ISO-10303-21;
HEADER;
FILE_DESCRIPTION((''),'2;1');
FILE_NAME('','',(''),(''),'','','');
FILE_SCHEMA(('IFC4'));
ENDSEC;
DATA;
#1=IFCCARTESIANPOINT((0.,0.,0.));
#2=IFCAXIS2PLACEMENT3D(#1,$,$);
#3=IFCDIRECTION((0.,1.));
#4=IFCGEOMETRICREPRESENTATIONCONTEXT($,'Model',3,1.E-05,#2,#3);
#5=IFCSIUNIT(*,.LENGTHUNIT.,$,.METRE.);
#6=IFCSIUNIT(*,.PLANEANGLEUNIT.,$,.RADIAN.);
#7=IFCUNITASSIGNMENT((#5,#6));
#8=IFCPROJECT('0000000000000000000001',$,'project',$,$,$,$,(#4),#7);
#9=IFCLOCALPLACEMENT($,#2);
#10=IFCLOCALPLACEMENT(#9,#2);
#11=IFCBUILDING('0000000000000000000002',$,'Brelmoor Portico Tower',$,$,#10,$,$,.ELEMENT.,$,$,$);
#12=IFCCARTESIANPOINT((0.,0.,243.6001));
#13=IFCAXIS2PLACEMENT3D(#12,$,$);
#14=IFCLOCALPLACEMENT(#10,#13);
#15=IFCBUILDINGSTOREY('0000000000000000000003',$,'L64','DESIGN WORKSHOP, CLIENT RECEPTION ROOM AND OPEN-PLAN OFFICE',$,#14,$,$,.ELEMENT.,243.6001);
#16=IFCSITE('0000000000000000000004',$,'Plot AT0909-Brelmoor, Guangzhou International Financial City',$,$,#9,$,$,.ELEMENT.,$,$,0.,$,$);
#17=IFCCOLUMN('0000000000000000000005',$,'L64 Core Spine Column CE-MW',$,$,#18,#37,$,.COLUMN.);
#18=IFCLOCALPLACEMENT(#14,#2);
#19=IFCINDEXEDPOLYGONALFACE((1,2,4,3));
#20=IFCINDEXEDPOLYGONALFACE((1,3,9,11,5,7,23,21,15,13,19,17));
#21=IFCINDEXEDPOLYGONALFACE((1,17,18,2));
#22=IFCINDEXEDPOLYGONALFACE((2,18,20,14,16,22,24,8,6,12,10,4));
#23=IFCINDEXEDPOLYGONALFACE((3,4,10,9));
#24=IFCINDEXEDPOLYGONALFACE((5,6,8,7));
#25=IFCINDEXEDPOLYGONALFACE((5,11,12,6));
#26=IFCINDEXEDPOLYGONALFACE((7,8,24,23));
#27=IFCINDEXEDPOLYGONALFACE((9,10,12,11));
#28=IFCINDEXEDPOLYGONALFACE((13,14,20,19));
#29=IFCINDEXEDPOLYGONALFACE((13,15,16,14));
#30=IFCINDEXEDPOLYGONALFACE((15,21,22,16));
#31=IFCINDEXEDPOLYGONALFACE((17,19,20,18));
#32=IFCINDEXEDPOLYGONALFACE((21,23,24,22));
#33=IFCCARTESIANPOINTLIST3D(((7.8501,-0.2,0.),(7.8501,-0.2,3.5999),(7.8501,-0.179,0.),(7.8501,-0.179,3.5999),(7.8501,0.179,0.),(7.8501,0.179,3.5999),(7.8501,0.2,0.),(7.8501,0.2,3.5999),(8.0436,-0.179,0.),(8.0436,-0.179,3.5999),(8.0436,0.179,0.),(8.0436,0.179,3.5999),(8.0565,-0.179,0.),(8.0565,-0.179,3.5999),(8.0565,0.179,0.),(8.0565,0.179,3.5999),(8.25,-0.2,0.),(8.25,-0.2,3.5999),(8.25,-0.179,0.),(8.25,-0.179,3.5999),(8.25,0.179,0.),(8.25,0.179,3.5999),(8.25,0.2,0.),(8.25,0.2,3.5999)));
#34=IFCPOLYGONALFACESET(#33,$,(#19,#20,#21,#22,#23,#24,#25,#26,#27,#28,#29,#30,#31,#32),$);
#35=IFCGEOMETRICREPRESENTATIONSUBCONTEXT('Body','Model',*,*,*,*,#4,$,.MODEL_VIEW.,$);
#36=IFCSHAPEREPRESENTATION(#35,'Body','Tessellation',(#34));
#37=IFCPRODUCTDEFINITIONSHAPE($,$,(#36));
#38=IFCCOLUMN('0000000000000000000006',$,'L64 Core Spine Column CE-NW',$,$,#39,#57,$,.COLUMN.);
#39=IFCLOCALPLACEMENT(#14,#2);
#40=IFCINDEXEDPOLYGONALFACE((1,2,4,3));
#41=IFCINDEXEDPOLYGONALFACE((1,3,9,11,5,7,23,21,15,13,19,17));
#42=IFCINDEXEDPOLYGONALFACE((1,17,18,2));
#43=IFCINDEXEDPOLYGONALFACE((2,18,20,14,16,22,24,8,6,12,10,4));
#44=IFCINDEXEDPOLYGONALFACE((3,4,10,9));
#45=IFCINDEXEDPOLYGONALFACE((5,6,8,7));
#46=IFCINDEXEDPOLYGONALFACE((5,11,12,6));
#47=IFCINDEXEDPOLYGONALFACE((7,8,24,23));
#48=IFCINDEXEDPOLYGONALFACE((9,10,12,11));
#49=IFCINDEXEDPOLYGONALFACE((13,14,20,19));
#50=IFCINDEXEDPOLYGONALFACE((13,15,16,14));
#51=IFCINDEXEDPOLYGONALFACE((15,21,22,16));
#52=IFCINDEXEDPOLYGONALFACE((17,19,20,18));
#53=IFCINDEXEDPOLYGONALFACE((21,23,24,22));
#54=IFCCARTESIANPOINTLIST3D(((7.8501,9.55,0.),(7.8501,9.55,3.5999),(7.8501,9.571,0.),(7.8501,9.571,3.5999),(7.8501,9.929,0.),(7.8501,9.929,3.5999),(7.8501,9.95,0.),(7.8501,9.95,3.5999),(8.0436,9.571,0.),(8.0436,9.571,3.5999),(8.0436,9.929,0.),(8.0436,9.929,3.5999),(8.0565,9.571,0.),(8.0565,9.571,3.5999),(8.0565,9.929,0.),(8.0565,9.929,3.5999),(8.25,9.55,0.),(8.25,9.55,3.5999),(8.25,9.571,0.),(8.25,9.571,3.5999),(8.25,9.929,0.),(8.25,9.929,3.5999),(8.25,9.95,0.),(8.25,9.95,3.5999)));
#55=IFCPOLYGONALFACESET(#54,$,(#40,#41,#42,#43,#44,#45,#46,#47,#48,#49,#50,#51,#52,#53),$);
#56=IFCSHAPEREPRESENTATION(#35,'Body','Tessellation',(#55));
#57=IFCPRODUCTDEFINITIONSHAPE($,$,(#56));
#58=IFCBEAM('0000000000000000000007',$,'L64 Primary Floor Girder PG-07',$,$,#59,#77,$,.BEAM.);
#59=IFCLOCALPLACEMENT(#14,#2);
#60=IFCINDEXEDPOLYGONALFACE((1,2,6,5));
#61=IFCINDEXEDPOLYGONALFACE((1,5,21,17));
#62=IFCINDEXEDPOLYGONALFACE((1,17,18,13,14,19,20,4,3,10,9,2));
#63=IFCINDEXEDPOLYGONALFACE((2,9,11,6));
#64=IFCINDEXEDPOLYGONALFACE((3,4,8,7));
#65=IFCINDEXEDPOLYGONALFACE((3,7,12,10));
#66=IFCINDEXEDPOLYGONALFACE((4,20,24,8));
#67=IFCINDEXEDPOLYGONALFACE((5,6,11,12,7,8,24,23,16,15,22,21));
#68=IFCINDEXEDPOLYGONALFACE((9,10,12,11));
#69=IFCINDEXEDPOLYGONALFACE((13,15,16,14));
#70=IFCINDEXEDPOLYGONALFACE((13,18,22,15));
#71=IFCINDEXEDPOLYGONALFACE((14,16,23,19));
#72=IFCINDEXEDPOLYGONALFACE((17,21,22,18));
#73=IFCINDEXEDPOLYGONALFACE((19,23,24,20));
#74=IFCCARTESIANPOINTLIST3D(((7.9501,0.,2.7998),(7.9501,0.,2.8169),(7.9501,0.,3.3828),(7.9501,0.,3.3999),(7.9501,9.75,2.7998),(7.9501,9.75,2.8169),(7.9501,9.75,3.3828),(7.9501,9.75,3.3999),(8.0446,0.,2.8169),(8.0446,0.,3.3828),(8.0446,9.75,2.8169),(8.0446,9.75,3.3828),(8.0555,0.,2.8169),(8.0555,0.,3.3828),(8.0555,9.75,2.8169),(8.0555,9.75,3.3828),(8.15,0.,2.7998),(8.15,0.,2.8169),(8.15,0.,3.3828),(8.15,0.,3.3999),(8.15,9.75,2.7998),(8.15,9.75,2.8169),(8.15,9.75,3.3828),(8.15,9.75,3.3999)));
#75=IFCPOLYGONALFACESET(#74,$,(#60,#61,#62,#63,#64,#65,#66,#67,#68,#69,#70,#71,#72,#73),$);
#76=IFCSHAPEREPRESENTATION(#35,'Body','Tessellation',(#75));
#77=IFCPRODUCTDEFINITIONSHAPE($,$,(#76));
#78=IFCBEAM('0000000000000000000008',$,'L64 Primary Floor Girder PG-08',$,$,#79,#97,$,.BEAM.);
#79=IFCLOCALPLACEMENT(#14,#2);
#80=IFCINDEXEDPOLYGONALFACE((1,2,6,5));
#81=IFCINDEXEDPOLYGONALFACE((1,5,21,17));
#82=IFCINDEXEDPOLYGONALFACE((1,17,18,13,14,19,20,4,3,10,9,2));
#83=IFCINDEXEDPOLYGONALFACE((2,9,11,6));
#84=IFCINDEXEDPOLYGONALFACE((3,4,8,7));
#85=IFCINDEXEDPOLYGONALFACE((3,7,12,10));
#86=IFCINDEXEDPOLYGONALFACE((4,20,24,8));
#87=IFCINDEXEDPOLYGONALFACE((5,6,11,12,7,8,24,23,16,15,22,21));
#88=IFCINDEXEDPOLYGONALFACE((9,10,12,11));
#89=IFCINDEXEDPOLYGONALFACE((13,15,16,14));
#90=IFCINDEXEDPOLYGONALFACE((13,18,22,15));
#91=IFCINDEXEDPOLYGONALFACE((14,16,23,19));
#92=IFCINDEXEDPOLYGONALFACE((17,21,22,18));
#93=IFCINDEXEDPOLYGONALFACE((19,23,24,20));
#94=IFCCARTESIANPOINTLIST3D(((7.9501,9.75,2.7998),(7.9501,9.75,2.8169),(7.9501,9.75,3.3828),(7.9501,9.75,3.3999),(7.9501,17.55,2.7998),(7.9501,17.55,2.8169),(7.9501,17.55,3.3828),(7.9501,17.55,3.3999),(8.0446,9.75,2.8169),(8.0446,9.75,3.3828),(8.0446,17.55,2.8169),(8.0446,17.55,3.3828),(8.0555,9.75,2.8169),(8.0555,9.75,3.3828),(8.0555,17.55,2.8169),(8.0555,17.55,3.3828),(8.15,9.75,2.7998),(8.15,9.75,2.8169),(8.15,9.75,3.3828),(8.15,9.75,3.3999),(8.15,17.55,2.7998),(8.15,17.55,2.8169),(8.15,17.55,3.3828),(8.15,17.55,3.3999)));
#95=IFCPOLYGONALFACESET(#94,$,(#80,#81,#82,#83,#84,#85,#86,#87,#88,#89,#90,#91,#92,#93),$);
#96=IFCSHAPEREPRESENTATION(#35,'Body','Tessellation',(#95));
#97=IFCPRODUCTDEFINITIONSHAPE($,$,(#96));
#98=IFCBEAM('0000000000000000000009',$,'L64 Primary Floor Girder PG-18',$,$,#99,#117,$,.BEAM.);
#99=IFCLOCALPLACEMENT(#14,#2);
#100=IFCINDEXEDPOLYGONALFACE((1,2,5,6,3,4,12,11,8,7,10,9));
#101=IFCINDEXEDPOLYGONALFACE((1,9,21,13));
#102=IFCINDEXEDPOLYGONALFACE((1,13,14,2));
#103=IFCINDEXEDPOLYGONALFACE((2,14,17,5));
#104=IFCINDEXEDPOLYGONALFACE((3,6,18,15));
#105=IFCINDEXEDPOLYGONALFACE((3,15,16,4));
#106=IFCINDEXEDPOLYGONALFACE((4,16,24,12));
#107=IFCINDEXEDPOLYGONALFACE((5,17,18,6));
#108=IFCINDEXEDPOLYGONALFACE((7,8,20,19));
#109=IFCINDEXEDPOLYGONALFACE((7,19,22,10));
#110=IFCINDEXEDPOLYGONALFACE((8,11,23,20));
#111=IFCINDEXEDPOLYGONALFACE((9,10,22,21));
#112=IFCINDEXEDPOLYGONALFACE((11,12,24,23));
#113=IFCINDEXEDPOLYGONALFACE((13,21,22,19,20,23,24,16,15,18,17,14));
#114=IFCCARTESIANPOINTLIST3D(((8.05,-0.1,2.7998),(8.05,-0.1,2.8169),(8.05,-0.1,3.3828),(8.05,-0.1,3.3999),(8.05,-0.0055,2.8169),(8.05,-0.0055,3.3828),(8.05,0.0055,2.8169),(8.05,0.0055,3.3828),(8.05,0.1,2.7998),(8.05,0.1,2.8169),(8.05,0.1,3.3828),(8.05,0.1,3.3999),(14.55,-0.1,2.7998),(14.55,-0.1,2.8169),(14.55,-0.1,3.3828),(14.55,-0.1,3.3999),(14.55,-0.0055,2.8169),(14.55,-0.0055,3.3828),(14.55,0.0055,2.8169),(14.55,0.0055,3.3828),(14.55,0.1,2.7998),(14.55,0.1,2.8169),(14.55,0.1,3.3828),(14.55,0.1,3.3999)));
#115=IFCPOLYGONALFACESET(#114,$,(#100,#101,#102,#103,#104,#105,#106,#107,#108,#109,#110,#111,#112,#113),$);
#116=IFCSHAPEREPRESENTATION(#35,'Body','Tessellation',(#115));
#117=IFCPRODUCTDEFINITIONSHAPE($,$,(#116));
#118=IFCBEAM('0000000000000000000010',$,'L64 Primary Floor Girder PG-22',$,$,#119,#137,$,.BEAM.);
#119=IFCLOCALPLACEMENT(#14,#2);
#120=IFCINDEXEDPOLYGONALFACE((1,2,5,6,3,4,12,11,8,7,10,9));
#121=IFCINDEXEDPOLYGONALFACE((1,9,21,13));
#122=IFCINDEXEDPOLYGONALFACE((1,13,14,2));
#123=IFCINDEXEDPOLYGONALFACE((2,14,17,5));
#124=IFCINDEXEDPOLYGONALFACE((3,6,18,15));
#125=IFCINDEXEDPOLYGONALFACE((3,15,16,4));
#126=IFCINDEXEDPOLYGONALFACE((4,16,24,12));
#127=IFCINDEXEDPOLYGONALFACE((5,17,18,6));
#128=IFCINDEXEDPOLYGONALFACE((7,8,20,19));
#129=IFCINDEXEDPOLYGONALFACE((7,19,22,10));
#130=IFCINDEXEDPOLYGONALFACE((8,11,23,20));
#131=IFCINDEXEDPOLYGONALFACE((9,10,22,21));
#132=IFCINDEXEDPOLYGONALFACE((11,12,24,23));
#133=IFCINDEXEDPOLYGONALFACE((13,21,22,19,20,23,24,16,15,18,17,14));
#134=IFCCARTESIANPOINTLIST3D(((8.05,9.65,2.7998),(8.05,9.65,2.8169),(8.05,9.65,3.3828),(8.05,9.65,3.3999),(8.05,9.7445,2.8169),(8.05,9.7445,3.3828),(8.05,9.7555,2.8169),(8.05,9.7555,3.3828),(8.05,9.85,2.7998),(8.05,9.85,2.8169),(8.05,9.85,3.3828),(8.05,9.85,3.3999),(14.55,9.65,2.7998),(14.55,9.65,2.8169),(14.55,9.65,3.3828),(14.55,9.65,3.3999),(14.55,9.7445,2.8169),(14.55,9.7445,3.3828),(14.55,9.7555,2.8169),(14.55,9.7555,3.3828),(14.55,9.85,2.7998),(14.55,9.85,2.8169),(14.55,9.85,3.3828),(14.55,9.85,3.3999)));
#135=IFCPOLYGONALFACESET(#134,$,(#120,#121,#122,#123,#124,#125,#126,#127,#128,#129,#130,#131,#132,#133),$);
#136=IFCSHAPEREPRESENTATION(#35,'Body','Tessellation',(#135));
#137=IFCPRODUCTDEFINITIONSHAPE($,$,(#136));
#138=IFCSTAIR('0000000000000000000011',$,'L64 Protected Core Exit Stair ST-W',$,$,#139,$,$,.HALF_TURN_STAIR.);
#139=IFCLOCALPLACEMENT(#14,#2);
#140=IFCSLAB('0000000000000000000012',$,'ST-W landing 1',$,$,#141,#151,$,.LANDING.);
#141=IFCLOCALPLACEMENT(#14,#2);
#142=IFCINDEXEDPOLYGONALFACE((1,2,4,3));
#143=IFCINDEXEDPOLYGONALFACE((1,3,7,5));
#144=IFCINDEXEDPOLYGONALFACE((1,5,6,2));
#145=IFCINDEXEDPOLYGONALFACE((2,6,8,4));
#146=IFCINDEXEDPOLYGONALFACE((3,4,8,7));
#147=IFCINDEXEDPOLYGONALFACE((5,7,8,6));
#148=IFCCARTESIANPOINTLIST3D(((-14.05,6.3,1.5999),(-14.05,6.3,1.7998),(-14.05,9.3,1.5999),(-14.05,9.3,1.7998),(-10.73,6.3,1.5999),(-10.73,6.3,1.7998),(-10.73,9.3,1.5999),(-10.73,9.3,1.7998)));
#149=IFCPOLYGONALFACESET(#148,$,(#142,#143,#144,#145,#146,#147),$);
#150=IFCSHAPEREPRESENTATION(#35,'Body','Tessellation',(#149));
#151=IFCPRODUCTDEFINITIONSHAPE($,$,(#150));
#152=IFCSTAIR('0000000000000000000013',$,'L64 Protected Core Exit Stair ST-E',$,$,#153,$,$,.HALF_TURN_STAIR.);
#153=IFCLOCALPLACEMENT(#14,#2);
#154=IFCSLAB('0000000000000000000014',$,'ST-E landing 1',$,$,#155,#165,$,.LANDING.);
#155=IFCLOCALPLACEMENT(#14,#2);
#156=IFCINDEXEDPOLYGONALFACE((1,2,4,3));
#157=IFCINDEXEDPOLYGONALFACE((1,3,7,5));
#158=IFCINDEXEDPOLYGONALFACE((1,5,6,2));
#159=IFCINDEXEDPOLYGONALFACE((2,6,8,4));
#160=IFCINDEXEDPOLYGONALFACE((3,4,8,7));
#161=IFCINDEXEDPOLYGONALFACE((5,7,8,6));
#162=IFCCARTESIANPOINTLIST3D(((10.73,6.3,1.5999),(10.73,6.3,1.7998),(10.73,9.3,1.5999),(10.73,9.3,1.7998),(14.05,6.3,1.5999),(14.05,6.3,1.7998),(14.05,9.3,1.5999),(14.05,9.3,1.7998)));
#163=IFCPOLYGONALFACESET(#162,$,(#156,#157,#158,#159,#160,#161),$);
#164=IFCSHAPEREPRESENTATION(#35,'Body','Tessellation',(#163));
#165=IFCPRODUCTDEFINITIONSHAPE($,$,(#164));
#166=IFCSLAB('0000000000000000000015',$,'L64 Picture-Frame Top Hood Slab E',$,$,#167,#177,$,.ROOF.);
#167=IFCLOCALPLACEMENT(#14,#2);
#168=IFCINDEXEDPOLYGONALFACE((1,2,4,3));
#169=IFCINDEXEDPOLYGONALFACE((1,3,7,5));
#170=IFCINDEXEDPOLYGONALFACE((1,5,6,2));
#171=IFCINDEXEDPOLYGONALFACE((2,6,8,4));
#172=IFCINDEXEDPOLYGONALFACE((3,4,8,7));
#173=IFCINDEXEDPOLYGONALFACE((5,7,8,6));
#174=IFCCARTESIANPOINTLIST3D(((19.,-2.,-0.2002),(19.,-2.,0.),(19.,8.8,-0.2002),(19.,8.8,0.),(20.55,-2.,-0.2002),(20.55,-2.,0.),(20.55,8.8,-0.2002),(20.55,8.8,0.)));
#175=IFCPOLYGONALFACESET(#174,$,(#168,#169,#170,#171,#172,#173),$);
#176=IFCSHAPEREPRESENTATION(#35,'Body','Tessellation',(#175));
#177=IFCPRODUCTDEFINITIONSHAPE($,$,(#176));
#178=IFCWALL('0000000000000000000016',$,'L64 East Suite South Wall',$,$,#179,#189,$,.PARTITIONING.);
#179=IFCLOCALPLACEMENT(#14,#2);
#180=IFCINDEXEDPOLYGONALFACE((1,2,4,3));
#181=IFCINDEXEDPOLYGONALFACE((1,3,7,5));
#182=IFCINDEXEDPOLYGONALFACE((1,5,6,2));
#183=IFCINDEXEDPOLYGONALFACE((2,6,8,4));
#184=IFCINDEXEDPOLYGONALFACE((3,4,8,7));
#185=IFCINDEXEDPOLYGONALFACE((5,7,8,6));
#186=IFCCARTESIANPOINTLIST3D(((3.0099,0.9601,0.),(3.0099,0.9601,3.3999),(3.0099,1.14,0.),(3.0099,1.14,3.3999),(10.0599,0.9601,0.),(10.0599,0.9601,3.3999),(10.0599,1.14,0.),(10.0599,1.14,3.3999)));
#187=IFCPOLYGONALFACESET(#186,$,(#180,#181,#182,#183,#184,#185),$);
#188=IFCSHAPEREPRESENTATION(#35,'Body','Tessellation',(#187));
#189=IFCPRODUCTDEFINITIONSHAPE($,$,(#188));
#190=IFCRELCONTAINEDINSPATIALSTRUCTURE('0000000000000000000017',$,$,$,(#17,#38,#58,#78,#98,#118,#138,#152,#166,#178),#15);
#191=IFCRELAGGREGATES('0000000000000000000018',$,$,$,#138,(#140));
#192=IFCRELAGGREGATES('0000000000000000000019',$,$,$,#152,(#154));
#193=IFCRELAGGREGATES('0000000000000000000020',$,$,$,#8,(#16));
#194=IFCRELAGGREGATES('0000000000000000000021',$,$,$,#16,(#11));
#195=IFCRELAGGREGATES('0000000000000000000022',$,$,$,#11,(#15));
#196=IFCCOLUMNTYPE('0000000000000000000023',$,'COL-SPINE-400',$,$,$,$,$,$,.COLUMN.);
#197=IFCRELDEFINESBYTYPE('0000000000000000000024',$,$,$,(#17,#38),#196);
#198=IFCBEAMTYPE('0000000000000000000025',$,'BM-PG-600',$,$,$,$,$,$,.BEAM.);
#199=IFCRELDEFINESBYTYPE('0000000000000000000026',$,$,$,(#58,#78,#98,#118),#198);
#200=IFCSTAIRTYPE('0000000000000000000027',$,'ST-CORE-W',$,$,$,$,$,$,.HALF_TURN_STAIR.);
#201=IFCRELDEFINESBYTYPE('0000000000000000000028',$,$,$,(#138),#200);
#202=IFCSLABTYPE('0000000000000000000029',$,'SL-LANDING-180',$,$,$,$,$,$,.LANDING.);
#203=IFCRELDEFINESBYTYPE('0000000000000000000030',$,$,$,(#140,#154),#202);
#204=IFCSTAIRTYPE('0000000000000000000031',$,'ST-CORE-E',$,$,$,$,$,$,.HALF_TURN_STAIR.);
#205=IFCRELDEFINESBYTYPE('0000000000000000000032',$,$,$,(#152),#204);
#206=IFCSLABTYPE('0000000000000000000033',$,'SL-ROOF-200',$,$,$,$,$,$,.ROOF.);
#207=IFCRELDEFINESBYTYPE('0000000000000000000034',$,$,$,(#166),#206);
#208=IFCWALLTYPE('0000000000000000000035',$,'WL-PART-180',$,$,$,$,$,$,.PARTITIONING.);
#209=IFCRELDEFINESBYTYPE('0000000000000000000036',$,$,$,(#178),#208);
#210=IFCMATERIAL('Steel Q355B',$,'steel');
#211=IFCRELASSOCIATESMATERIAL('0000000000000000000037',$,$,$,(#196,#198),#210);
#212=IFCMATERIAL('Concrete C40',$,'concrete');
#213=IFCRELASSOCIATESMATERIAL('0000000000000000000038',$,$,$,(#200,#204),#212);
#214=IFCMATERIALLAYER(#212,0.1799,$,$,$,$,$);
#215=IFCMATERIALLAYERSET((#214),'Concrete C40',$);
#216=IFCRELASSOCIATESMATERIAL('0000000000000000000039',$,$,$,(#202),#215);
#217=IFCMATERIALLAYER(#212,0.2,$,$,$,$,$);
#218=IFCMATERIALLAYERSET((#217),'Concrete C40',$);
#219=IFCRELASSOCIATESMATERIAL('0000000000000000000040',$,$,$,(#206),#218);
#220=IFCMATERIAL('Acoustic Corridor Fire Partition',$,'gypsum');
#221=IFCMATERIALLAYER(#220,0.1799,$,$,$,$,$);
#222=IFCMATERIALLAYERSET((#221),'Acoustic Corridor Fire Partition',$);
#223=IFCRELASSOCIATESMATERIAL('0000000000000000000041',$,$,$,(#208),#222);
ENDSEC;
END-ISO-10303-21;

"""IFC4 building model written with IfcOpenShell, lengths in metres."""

from ifc_helpers import new_model, si_unit, direction, frame, frame_2d, origin, origin_2d, place, context, subcontext, project, spatial, polyline, rectangle, i_section, outline, extrude, material, layer, layer_set, material_profile, profile_set, type_object, element, aggregate, save


model = new_model("IFC4")

# Units and contexts
model_context = context("Model", 3, precision=1e-05, world=origin(), true_north=direction((0.0, 1.0)))
body_context = subcontext(model_context, "Body", "Model", "MODEL_VIEW")
ifc_project = project(units=[si_unit("LENGTHUNIT", "METRE"), si_unit("PLANEANGLEUNIT", "RADIAN")], contexts=[model_context])

# Site, building, storey
site_placement = place(None, origin())
site = spatial("IfcSite", under=ifc_project, at=site_placement, Name="Plot AT0909-Brelmoor, Guangzhou International Financial City", CompositionType="ELEMENT", RefElevation=0.0)
building_placement = place(site_placement, origin())
building = spatial("IfcBuilding", under=site, at=building_placement, Name="Brelmoor Portico Tower", CompositionType="ELEMENT")
storey_placement = place(building_placement, frame((0.0, 0.0, 243.6001)))
storey = spatial("IfcBuildingStorey", under=building, at=storey_placement, Name="L64", Description="DESIGN WORKSHOP, CLIENT RECEPTION ROOM AND OPEN-PLAN OFFICE", CompositionType="ELEMENT", Elevation=243.6001)

# Columns
ifc_material_1 = material(Name="Steel Q355B", Category="steel")
ifc_material_profile_1 = material_profile(ifc_material_1, i_section(OverallWidth=0.3999, OverallDepth=0.3999, WebThickness=0.0129, FlangeThickness=0.021, at=origin_2d()), Name="HW 400x400x13x21")
ifc_profile_set_1 = profile_set([ifc_material_profile_1], Name="Steel Q355B")
column_type = type_object("IfcColumnType", Name="COL-SPINE-400", PredefinedType="COLUMN", material=ifc_profile_set_1)
for number, where, z_axis, x_axis, name in (
    (1, (8.05, 0.0, 0.0), (0.0, 0.0, 1.0), (1.0, 0.0, 0.0), "L64 Core Spine Column CE-MW"),
    (2, (8.05, 9.75, 0.0), (0.0, 0.0, 1.0), (1.0, 0.0, 0.0), "L64 Core Spine Column CE-NW"),
):
    element("IfcColumn", number, at=place(storey_placement, frame(where, z_axis=z_axis, x_axis=x_axis)), inside=storey, type_object=column_type, Name=name, PredefinedType="COLUMN", context=body_context, shape_type="SweptSolid", body=[
        extrude(i_section(OverallWidth=0.3999, OverallDepth=0.3999, WebThickness=0.0129, FlangeThickness=0.021, at=origin_2d()), origin(), (0.0, 0.0, 1.0), 3.5999),
    ])

# Beams
ifc_material_profile_2 = material_profile(ifc_material_1, i_section(OverallWidth=0.2, OverallDepth=0.6001, WebThickness=0.011, FlangeThickness=0.0171, at=origin_2d()), Name="HN 600x200x11x17")
ifc_profile_set_2 = profile_set([ifc_material_profile_2], Name="Steel Q355B")
beam_type = type_object("IfcBeamType", Name="BM-PG-600", PredefinedType="BEAM", material=ifc_profile_set_2)
beam_1_placement = place(storey_placement, frame((8.05, 0.0, 3.0999), z_axis=(0.0, 1.0, 0.0), x_axis=(-1.0, 0.0, 0.0)))
element("IfcBeam", 3, at=beam_1_placement, inside=storey, type_object=beam_type, Name="L64 Primary Floor Girder PG-07", PredefinedType="BEAM", context=body_context, shape_type="SweptSolid", body=[
    extrude(i_section(OverallWidth=0.2, OverallDepth=0.6001, WebThickness=0.011, FlangeThickness=0.0171, at=origin_2d()), origin(), (0.0, 0.0, 1.0), 9.75),
])
beam_2_placement = place(storey_placement, frame((8.05, 9.75, 3.0999), z_axis=(0.0, 1.0, 0.0), x_axis=(-1.0, 0.0, 0.0)))
element("IfcBeam", 4, at=beam_2_placement, inside=storey, type_object=beam_type, Name="L64 Primary Floor Girder PG-08", PredefinedType="BEAM", context=body_context, shape_type="SweptSolid", body=[
    extrude(i_section(OverallWidth=0.2, OverallDepth=0.6001, WebThickness=0.011, FlangeThickness=0.0171, at=origin_2d()), origin(), (0.0, 0.0, 1.0), 7.8),
])
for number, where, z_axis, x_axis, name in (
    (5, (8.05, 0.0, 3.0999), (1.0, 0.0, 0.0), (0.0, 1.0, 0.0), "L64 Primary Floor Girder PG-18"),
    (6, (8.05, 9.75, 3.0999), (1.0, 0.0, 0.0), (0.0, 1.0, 0.0), "L64 Primary Floor Girder PG-22"),
):
    element("IfcBeam", number, at=place(storey_placement, frame(where, z_axis=z_axis, x_axis=x_axis)), inside=storey, type_object=beam_type, Name=name, PredefinedType="BEAM", context=body_context, shape_type="SweptSolid", body=[
        extrude(i_section(OverallWidth=0.2, OverallDepth=0.6001, WebThickness=0.011, FlangeThickness=0.0171, at=origin_2d()), origin(), (0.0, 0.0, 1.0), 6.5),
    ])

# Stairs, slabs
ifc_material_2 = material(Name="Concrete C40", Category="concrete")
stair_type_1 = type_object("IfcStairType", Name="ST-CORE-W", PredefinedType="HALF_TURN_STAIR", material=ifc_material_2)
stair_1_placement = place(storey_placement, origin())
stair_1 = element("IfcStair", 7, at=stair_1_placement, inside=storey, type_object=stair_type_1, Name="L64 Protected Core Exit Stair ST-W", PredefinedType="HALF_TURN_STAIR")
ifc_layer_1 = layer(ifc_material_2, 0.1799)
ifc_layer_set_1 = layer_set([ifc_layer_1], Name="Concrete C40")
slab_type_1 = type_object("IfcSlabType", Name="SL-LANDING-180", PredefinedType="LANDING", material=ifc_layer_set_1)
slab_1_placement = place(storey_placement, frame((0.0, 0.0, 1.5999)))
slab_1 = element("IfcSlab", 8, at=slab_1_placement, type_object=slab_type_1, Name="ST-W landing 1", PredefinedType="LANDING", context=body_context, shape_type="SweptSolid", body=[
    extrude(outline(polyline([(-10.73, 6.3), (-10.73, 9.3), (-14.05, 9.3), (-14.05, 6.3), (-10.73, 6.3)])), origin(), (0.0, 0.0, 1.0), 0.2),
])
aggregate(stair_1, [slab_1])
stair_type_2 = type_object("IfcStairType", Name="ST-CORE-E", PredefinedType="HALF_TURN_STAIR", material=ifc_material_2)
stair_2_placement = place(storey_placement, origin())
stair_2 = element("IfcStair", 9, at=stair_2_placement, inside=storey, type_object=stair_type_2, Name="L64 Protected Core Exit Stair ST-E", PredefinedType="HALF_TURN_STAIR")
slab_2_placement = place(storey_placement, frame((0.0, 0.0, 1.5999)))
slab_2 = element("IfcSlab", 10, at=slab_2_placement, type_object=slab_type_1, Name="ST-E landing 1", PredefinedType="LANDING", context=body_context, shape_type="SweptSolid", body=[
    extrude(outline(polyline([(14.05, 6.3), (14.05, 9.3), (10.73, 9.3), (10.73, 6.3), (14.05, 6.3)])), origin(), (0.0, 0.0, 1.0), 0.2),
])

# Slab
ifc_layer_2 = layer(ifc_material_2, 0.2)
ifc_layer_set_2 = layer_set([ifc_layer_2], Name="Concrete C40")
slab_type_2 = type_object("IfcSlabType", Name="SL-ROOF-200", PredefinedType="ROOF", material=ifc_layer_set_2)
slab_3_placement = place(storey_placement, frame((0.0, 0.0, -0.2002)))
element("IfcSlab", 11, at=slab_3_placement, inside=storey, type_object=slab_type_2, Name="L64 Picture-Frame Top Hood Slab E", PredefinedType="ROOF", context=body_context, shape_type="SweptSolid", body=[
    extrude(outline(polyline([(19.0, -2.0), (20.55, -2.0), (20.55, 8.8), (19.0, 8.8), (19.0, -2.0)])), origin(), (0.0, 0.0, 1.0), 0.2002),
])

# Wall
ifc_material_3 = material(Name="Acoustic Corridor Fire Partition", Category="gypsum")
ifc_layer_3 = layer(ifc_material_3, 0.1799)
ifc_layer_set_3 = layer_set([ifc_layer_3], Name="Acoustic Corridor Fire Partition")
wall_type_1 = type_object("IfcWallType", Name="WL-PART-180", PredefinedType="PARTITIONING", material=ifc_layer_set_3)
wall_1_placement = place(storey_placement, frame((3.01, 1.05, 0.0), z_axis=(0.0, 0.0, 1.0), x_axis=(1.0, 0.0, 0.0)))
element("IfcWall", 12, at=wall_1_placement, inside=storey, type_object=wall_type_1, Name="L64 East Suite South Wall", PredefinedType="PARTITIONING", context=body_context, shape_type="SweptSolid", body=[
    extrude(rectangle(XDim=7.05, YDim=0.1799, at=frame_2d((3.5249, 0.0))), origin(), (0.0, 0.0, 1.0), 3.3999),
])

aggregate(stair_2, [slab_2])

save(model, "model.ifc")
